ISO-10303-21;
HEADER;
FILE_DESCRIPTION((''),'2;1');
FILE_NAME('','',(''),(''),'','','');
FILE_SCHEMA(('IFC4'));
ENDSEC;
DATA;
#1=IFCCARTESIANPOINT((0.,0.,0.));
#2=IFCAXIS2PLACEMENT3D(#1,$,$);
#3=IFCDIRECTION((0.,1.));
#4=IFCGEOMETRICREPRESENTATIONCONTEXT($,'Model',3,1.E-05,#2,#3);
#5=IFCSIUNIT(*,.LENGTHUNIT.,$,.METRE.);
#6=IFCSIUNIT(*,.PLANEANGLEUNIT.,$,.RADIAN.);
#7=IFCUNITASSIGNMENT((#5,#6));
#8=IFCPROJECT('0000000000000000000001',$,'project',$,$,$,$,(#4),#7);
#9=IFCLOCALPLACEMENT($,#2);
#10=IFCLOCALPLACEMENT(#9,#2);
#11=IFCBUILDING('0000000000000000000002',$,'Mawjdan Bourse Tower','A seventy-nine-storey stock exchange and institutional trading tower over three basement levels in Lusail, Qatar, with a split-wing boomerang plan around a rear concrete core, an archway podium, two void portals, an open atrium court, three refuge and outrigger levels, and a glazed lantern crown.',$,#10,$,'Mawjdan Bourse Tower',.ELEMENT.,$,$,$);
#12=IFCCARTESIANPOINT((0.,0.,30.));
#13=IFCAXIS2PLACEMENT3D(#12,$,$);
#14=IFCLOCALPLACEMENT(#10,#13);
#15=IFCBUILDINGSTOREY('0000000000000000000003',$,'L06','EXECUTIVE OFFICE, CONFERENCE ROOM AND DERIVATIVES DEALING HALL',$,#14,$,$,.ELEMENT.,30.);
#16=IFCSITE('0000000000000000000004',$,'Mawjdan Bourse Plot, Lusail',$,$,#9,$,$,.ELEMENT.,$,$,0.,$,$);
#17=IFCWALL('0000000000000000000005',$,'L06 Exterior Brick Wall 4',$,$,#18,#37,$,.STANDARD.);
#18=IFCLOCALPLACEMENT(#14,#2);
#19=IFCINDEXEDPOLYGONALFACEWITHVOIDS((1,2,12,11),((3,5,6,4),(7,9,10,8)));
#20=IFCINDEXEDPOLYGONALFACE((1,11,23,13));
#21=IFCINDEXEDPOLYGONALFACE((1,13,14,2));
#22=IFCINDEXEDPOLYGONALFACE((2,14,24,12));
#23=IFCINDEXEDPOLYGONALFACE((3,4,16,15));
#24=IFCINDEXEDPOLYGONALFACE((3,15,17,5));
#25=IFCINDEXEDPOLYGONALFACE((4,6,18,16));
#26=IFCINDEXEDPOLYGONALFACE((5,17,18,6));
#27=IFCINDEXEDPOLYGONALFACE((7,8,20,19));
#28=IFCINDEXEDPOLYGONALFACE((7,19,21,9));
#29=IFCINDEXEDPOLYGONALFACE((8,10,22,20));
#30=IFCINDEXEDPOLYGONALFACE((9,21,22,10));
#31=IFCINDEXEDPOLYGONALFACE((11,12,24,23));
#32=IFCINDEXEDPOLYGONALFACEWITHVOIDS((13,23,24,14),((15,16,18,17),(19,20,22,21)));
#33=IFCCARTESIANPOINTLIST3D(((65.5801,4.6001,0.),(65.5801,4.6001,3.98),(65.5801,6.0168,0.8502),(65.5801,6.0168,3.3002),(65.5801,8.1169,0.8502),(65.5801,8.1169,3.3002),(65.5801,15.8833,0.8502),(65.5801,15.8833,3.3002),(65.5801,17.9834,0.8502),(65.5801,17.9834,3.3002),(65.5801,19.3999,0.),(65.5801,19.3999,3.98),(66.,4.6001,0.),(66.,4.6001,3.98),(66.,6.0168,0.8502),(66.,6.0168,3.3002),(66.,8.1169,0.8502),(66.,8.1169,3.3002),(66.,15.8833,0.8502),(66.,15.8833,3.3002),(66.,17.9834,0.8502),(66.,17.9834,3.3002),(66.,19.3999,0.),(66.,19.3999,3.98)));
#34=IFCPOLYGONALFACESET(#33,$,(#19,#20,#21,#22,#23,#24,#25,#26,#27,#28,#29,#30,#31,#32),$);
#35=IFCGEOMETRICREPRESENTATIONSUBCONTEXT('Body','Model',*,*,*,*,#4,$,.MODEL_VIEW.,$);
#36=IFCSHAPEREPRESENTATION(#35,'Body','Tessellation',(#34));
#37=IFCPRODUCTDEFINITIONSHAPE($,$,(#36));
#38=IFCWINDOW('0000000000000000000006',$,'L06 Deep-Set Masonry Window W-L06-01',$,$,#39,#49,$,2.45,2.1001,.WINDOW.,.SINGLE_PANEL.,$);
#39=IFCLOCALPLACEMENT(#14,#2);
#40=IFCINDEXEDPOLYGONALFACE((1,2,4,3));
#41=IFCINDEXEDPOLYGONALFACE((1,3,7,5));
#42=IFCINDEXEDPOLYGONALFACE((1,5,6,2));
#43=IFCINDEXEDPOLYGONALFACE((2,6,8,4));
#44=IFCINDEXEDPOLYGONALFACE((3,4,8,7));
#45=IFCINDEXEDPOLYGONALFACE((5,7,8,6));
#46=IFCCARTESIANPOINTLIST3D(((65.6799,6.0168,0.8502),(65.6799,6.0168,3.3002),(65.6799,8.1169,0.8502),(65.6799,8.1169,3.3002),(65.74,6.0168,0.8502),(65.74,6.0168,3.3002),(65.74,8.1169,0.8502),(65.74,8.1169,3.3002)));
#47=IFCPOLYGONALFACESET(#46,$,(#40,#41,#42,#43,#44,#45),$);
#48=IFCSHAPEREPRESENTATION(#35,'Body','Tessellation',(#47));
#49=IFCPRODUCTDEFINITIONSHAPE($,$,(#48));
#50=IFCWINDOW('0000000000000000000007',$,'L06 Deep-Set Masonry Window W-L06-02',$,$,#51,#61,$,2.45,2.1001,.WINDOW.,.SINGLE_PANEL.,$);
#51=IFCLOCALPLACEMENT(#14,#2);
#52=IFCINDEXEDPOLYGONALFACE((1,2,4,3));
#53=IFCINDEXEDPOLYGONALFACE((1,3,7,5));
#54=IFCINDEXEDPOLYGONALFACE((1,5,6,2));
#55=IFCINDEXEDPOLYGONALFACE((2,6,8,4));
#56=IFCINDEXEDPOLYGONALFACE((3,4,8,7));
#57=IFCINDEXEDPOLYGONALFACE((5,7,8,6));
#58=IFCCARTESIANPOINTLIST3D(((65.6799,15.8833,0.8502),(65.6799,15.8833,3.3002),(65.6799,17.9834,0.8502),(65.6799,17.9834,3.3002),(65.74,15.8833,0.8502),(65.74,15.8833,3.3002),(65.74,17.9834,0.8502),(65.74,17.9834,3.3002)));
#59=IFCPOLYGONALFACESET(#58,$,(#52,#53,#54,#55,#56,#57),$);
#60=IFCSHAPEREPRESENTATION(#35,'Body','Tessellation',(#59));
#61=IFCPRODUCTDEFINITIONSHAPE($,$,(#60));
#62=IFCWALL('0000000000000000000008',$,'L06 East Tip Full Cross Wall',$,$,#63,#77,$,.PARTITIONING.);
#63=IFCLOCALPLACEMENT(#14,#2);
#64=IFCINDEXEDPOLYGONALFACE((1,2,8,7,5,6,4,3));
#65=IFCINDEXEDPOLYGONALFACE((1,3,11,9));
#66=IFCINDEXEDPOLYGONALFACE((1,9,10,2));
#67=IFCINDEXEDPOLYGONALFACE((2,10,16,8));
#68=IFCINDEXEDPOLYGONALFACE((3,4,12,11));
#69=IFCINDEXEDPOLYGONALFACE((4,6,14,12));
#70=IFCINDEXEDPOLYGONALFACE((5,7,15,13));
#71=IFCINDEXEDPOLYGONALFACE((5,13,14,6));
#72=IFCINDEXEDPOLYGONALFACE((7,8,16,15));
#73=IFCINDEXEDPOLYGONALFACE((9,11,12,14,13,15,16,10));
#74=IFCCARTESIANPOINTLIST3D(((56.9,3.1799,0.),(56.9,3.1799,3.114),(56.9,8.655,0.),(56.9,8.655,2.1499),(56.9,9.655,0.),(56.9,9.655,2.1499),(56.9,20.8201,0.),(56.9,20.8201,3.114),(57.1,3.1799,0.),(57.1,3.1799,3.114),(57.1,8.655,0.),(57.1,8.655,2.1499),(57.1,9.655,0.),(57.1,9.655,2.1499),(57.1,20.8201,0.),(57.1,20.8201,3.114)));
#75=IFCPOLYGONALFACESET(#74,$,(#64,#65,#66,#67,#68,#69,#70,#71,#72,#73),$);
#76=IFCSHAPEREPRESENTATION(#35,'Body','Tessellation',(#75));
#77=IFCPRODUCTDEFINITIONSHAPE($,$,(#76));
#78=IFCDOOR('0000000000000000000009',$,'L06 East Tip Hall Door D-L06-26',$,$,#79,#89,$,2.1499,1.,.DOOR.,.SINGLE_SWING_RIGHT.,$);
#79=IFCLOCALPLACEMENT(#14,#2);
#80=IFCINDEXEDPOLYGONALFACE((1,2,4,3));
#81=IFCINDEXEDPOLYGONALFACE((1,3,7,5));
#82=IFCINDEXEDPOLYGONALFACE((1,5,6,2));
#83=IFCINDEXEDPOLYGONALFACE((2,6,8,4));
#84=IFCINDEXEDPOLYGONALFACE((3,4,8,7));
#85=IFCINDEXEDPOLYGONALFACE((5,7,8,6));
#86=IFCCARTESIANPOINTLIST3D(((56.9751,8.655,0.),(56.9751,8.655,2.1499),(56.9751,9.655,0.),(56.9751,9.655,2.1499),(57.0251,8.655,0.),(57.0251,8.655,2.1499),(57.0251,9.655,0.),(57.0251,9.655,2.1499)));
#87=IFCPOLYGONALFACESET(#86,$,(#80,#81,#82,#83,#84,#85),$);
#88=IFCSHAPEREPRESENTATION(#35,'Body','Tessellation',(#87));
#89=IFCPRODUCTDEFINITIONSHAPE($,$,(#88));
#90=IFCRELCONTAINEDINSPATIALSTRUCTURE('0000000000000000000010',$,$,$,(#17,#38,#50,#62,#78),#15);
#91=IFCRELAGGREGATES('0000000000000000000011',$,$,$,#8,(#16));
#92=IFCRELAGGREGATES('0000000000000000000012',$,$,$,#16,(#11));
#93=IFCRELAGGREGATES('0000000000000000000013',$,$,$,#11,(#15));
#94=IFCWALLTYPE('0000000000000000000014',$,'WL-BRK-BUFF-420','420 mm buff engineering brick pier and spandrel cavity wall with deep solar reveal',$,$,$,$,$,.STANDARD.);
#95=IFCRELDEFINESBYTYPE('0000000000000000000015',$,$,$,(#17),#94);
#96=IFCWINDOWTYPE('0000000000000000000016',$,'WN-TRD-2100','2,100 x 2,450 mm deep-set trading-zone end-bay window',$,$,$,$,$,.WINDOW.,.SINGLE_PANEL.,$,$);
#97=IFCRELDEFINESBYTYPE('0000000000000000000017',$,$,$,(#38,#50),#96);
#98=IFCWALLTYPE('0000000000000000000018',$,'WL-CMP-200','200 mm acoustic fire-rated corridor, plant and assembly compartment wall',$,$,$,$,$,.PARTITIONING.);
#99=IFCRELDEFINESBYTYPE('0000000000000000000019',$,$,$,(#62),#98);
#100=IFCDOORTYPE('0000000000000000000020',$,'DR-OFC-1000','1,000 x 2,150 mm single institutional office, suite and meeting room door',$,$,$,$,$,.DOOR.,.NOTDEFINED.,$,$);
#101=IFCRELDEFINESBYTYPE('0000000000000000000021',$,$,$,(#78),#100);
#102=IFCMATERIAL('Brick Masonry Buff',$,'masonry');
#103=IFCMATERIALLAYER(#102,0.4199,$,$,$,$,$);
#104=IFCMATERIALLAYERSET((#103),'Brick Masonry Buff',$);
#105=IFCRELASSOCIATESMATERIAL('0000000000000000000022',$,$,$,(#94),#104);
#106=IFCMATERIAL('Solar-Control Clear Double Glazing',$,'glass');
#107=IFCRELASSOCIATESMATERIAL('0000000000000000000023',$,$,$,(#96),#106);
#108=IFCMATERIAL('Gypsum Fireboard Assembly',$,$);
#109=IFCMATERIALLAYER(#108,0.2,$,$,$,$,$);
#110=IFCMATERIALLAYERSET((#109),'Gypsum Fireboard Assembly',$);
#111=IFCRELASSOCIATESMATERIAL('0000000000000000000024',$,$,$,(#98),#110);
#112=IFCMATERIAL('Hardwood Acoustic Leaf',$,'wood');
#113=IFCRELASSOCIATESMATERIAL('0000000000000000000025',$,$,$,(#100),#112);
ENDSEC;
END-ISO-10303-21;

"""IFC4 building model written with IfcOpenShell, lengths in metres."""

from ifc_helpers import new_model, si_unit, direction, frame, frame_2d, origin, place, context, subcontext, project, spatial, rectangle, extrude, material, layer, layer_set, type_object, element, fill, save


model = new_model("IFC4")

# Units and contexts
model_context = context("Model", 3, precision=1e-05, world=origin(), true_north=direction((0.0, 1.0)))
body_context = subcontext(model_context, "Body", "Model", "MODEL_VIEW")
ifc_project = project(units=[si_unit("LENGTHUNIT", "METRE"), si_unit("PLANEANGLEUNIT", "RADIAN")], contexts=[model_context])

# Site, building, storey
site_placement = place(None, origin())
site = spatial("IfcSite", under=ifc_project, at=site_placement, Name="Mawjdan Bourse Plot, Lusail", CompositionType="ELEMENT", RefElevation=0.0)
building_placement = place(site_placement, origin())
building = spatial("IfcBuilding", under=site, at=building_placement, Name="Mawjdan Bourse Tower", Description="A seventy-nine-storey stock exchange and institutional trading tower over three basement levels in Lusail, Qatar, with a split-wing boomerang plan around a rear concrete core, an archway podium, two void portals, an open atrium court, three refuge and outrigger levels, and a glazed lantern crown.", LongName="Mawjdan Bourse Tower", CompositionType="ELEMENT")
storey_placement = place(building_placement, frame((0.0, 0.0, 30.0)))
storey = spatial("IfcBuildingStorey", under=building, at=storey_placement, Name="L06", Description="EXECUTIVE OFFICE, CONFERENCE ROOM AND DERIVATIVES DEALING HALL", CompositionType="ELEMENT", Elevation=30.0)

# Shared definitions
ifc_material_1 = material(Name="Brick Masonry Buff", Category="masonry")
ifc_layer_1 = layer(ifc_material_1, 0.4199)
ifc_layer_set_1 = layer_set([ifc_layer_1], Name="Brick Masonry Buff")
wall_type_1 = type_object("IfcWallType", Name="WL-BRK-BUFF-420", Description="420 mm buff engineering brick pier and spandrel cavity wall with deep solar reveal", PredefinedType="STANDARD", material=ifc_layer_set_1)

# Wall, openings, windows
wall_1_placement = place(storey_placement, frame((65.79, 4.6001, 0.0), z_axis=(0.0, 0.0, 1.0), x_axis=(0.0, 1.0, 0.0)))
wall_1 = element("IfcWall", 1, at=wall_1_placement, inside=storey, type_object=wall_type_1, Name="L06 Exterior Brick Wall 4", PredefinedType="STANDARD", context=body_context, shape_type="SweptSolid", body=[
    extrude(rectangle(XDim=14.7998, YDim=0.4199, at=frame_2d((7.3999, 0.0))), origin(), (0.0, 0.0, 1.0), 3.98),
])
opening_1_placement = place(wall_1_placement, frame((1.4167, 0.0, 0.8501)))
opening_1 = element("IfcOpeningElement", 2, at=opening_1_placement, cuts=wall_1, PredefinedType="OPENING", context=body_context, shape_type="SweptSolid", body=[
    extrude(rectangle(XDim=2.1001, YDim=2.45, at=frame_2d((1.05, 1.2251))), frame((0.0, 0.22, 0.0), z_axis=(0.0, -1.0, 0.0), x_axis=(1.0, 0.0, 0.0)), (0.0, 0.0, 1.0), 0.4399),
])
opening_2_placement = place(wall_1_placement, frame((11.2832, 0.0, 0.8501)))
opening_2 = element("IfcOpeningElement", 3, at=opening_2_placement, cuts=wall_1, PredefinedType="OPENING", context=body_context, shape_type="SweptSolid", body=[
    extrude(rectangle(XDim=2.1001, YDim=2.45, at=frame_2d((1.05, 1.2251))), frame((0.0, 0.22, 0.0), z_axis=(0.0, -1.0, 0.0), x_axis=(1.0, 0.0, 0.0)), (0.0, 0.0, 1.0), 0.4399),
])
ifc_material_2 = material(Name="Solar-Control Clear Double Glazing", Category="glass")
window_type = type_object("IfcWindowType", Name="WN-TRD-2100", Description="2,100 x 2,450 mm deep-set trading-zone end-bay window", PartitioningType="SINGLE_PANEL", PredefinedType="WINDOW", material=ifc_material_2)
window_1_placement = place(opening_1_placement, origin())
window_1 = element("IfcWindow", 4, at=window_1_placement, inside=storey, type_object=window_type, Name="L06 Deep-Set Masonry Window W-L06-01", OverallHeight=2.45, OverallWidth=2.1001, PartitioningType="SINGLE_PANEL", PredefinedType="WINDOW", context=body_context, shape_type="SweptSolid", body=[
    extrude(rectangle(XDim=2.1001, YDim=2.45, at=frame_2d((1.05, 1.2251))), frame((0.0, 0.1101, 0.0), z_axis=(0.0, -1.0, 0.0), x_axis=(1.0, 0.0, 0.0)), (0.0, 0.0, 1.0), 0.0601),
])
fill(opening_1, window_1)
window_2_placement = place(opening_2_placement, origin())
window_2 = element("IfcWindow", 5, at=window_2_placement, inside=storey, type_object=window_type, Name="L06 Deep-Set Masonry Window W-L06-02", OverallHeight=2.45, OverallWidth=2.1001, PartitioningType="SINGLE_PANEL", PredefinedType="WINDOW", context=body_context, shape_type="SweptSolid", body=[
    extrude(rectangle(XDim=2.1001, YDim=2.45, at=frame_2d((1.05, 1.2251))), frame((0.0, 0.1101, 0.0), z_axis=(0.0, -1.0, 0.0), x_axis=(1.0, 0.0, 0.0)), (0.0, 0.0, 1.0), 0.0601),
])
fill(opening_2, window_2)

# Wall, opening, door
ifc_material_3 = material(Name="Gypsum Fireboard Assembly")
ifc_layer_2 = layer(ifc_material_3, 0.2)
ifc_layer_set_2 = layer_set([ifc_layer_2], Name="Gypsum Fireboard Assembly")
wall_type_2 = type_object("IfcWallType", Name="WL-CMP-200", Description="200 mm acoustic fire-rated corridor, plant and assembly compartment wall", PredefinedType="PARTITIONING", material=ifc_layer_set_2)
wall_2_placement = place(storey_placement, frame((57.0, 3.1799, 0.0), z_axis=(0.0, 0.0, 1.0), x_axis=(0.0, 1.0, 0.0)))
wall_2 = element("IfcWall", 6, at=wall_2_placement, inside=storey, type_object=wall_type_2, Name="L06 East Tip Full Cross Wall", PredefinedType="PARTITIONING", context=body_context, shape_type="SweptSolid", body=[
    extrude(rectangle(XDim=17.6401, YDim=0.2, at=frame_2d((8.8201, 0.0))), origin(), (0.0, 0.0, 1.0), 3.114),
])
opening_3_placement = place(wall_2_placement, frame((5.4751, 0.0, 0.0)))
opening_3 = element("IfcOpeningElement", 7, at=opening_3_placement, cuts=wall_2, PredefinedType="OPENING", context=body_context, shape_type="SweptSolid", body=[
    extrude(rectangle(XDim=1.0, YDim=2.1499, at=frame_2d((0.5, 1.075))), frame((0.0, 0.1099, 0.0), z_axis=(0.0, -1.0, 0.0), x_axis=(1.0, 0.0, 0.0)), (0.0, 0.0, 1.0), 0.22),
])
ifc_material_4 = material(Name="Hardwood Acoustic Leaf", Category="wood")
door_type = type_object("IfcDoorType", Name="DR-OFC-1000", Description="1,000 x 2,150 mm single institutional office, suite and meeting room door", OperationType="NOTDEFINED", PredefinedType="DOOR", material=ifc_material_4)
door_placement = place(opening_3_placement, origin())
door = element("IfcDoor", 8, at=door_placement, inside=storey, type_object=door_type, Name="L06 East Tip Hall Door D-L06-26", OperationType="SINGLE_SWING_RIGHT", OverallHeight=2.1499, OverallWidth=1.0, PredefinedType="DOOR", context=body_context, shape_type="SweptSolid", body=[
    extrude(rectangle(XDim=1.0, YDim=2.1499, at=frame_2d((0.5, 1.075))), frame((0.0, 0.0249, 0.0), z_axis=(0.0, -1.0, 0.0), x_axis=(1.0, 0.0, 0.0)), (0.0, 0.0, 1.0), 0.05),
])
fill(opening_3, door)

save(model, "model.ifc")
